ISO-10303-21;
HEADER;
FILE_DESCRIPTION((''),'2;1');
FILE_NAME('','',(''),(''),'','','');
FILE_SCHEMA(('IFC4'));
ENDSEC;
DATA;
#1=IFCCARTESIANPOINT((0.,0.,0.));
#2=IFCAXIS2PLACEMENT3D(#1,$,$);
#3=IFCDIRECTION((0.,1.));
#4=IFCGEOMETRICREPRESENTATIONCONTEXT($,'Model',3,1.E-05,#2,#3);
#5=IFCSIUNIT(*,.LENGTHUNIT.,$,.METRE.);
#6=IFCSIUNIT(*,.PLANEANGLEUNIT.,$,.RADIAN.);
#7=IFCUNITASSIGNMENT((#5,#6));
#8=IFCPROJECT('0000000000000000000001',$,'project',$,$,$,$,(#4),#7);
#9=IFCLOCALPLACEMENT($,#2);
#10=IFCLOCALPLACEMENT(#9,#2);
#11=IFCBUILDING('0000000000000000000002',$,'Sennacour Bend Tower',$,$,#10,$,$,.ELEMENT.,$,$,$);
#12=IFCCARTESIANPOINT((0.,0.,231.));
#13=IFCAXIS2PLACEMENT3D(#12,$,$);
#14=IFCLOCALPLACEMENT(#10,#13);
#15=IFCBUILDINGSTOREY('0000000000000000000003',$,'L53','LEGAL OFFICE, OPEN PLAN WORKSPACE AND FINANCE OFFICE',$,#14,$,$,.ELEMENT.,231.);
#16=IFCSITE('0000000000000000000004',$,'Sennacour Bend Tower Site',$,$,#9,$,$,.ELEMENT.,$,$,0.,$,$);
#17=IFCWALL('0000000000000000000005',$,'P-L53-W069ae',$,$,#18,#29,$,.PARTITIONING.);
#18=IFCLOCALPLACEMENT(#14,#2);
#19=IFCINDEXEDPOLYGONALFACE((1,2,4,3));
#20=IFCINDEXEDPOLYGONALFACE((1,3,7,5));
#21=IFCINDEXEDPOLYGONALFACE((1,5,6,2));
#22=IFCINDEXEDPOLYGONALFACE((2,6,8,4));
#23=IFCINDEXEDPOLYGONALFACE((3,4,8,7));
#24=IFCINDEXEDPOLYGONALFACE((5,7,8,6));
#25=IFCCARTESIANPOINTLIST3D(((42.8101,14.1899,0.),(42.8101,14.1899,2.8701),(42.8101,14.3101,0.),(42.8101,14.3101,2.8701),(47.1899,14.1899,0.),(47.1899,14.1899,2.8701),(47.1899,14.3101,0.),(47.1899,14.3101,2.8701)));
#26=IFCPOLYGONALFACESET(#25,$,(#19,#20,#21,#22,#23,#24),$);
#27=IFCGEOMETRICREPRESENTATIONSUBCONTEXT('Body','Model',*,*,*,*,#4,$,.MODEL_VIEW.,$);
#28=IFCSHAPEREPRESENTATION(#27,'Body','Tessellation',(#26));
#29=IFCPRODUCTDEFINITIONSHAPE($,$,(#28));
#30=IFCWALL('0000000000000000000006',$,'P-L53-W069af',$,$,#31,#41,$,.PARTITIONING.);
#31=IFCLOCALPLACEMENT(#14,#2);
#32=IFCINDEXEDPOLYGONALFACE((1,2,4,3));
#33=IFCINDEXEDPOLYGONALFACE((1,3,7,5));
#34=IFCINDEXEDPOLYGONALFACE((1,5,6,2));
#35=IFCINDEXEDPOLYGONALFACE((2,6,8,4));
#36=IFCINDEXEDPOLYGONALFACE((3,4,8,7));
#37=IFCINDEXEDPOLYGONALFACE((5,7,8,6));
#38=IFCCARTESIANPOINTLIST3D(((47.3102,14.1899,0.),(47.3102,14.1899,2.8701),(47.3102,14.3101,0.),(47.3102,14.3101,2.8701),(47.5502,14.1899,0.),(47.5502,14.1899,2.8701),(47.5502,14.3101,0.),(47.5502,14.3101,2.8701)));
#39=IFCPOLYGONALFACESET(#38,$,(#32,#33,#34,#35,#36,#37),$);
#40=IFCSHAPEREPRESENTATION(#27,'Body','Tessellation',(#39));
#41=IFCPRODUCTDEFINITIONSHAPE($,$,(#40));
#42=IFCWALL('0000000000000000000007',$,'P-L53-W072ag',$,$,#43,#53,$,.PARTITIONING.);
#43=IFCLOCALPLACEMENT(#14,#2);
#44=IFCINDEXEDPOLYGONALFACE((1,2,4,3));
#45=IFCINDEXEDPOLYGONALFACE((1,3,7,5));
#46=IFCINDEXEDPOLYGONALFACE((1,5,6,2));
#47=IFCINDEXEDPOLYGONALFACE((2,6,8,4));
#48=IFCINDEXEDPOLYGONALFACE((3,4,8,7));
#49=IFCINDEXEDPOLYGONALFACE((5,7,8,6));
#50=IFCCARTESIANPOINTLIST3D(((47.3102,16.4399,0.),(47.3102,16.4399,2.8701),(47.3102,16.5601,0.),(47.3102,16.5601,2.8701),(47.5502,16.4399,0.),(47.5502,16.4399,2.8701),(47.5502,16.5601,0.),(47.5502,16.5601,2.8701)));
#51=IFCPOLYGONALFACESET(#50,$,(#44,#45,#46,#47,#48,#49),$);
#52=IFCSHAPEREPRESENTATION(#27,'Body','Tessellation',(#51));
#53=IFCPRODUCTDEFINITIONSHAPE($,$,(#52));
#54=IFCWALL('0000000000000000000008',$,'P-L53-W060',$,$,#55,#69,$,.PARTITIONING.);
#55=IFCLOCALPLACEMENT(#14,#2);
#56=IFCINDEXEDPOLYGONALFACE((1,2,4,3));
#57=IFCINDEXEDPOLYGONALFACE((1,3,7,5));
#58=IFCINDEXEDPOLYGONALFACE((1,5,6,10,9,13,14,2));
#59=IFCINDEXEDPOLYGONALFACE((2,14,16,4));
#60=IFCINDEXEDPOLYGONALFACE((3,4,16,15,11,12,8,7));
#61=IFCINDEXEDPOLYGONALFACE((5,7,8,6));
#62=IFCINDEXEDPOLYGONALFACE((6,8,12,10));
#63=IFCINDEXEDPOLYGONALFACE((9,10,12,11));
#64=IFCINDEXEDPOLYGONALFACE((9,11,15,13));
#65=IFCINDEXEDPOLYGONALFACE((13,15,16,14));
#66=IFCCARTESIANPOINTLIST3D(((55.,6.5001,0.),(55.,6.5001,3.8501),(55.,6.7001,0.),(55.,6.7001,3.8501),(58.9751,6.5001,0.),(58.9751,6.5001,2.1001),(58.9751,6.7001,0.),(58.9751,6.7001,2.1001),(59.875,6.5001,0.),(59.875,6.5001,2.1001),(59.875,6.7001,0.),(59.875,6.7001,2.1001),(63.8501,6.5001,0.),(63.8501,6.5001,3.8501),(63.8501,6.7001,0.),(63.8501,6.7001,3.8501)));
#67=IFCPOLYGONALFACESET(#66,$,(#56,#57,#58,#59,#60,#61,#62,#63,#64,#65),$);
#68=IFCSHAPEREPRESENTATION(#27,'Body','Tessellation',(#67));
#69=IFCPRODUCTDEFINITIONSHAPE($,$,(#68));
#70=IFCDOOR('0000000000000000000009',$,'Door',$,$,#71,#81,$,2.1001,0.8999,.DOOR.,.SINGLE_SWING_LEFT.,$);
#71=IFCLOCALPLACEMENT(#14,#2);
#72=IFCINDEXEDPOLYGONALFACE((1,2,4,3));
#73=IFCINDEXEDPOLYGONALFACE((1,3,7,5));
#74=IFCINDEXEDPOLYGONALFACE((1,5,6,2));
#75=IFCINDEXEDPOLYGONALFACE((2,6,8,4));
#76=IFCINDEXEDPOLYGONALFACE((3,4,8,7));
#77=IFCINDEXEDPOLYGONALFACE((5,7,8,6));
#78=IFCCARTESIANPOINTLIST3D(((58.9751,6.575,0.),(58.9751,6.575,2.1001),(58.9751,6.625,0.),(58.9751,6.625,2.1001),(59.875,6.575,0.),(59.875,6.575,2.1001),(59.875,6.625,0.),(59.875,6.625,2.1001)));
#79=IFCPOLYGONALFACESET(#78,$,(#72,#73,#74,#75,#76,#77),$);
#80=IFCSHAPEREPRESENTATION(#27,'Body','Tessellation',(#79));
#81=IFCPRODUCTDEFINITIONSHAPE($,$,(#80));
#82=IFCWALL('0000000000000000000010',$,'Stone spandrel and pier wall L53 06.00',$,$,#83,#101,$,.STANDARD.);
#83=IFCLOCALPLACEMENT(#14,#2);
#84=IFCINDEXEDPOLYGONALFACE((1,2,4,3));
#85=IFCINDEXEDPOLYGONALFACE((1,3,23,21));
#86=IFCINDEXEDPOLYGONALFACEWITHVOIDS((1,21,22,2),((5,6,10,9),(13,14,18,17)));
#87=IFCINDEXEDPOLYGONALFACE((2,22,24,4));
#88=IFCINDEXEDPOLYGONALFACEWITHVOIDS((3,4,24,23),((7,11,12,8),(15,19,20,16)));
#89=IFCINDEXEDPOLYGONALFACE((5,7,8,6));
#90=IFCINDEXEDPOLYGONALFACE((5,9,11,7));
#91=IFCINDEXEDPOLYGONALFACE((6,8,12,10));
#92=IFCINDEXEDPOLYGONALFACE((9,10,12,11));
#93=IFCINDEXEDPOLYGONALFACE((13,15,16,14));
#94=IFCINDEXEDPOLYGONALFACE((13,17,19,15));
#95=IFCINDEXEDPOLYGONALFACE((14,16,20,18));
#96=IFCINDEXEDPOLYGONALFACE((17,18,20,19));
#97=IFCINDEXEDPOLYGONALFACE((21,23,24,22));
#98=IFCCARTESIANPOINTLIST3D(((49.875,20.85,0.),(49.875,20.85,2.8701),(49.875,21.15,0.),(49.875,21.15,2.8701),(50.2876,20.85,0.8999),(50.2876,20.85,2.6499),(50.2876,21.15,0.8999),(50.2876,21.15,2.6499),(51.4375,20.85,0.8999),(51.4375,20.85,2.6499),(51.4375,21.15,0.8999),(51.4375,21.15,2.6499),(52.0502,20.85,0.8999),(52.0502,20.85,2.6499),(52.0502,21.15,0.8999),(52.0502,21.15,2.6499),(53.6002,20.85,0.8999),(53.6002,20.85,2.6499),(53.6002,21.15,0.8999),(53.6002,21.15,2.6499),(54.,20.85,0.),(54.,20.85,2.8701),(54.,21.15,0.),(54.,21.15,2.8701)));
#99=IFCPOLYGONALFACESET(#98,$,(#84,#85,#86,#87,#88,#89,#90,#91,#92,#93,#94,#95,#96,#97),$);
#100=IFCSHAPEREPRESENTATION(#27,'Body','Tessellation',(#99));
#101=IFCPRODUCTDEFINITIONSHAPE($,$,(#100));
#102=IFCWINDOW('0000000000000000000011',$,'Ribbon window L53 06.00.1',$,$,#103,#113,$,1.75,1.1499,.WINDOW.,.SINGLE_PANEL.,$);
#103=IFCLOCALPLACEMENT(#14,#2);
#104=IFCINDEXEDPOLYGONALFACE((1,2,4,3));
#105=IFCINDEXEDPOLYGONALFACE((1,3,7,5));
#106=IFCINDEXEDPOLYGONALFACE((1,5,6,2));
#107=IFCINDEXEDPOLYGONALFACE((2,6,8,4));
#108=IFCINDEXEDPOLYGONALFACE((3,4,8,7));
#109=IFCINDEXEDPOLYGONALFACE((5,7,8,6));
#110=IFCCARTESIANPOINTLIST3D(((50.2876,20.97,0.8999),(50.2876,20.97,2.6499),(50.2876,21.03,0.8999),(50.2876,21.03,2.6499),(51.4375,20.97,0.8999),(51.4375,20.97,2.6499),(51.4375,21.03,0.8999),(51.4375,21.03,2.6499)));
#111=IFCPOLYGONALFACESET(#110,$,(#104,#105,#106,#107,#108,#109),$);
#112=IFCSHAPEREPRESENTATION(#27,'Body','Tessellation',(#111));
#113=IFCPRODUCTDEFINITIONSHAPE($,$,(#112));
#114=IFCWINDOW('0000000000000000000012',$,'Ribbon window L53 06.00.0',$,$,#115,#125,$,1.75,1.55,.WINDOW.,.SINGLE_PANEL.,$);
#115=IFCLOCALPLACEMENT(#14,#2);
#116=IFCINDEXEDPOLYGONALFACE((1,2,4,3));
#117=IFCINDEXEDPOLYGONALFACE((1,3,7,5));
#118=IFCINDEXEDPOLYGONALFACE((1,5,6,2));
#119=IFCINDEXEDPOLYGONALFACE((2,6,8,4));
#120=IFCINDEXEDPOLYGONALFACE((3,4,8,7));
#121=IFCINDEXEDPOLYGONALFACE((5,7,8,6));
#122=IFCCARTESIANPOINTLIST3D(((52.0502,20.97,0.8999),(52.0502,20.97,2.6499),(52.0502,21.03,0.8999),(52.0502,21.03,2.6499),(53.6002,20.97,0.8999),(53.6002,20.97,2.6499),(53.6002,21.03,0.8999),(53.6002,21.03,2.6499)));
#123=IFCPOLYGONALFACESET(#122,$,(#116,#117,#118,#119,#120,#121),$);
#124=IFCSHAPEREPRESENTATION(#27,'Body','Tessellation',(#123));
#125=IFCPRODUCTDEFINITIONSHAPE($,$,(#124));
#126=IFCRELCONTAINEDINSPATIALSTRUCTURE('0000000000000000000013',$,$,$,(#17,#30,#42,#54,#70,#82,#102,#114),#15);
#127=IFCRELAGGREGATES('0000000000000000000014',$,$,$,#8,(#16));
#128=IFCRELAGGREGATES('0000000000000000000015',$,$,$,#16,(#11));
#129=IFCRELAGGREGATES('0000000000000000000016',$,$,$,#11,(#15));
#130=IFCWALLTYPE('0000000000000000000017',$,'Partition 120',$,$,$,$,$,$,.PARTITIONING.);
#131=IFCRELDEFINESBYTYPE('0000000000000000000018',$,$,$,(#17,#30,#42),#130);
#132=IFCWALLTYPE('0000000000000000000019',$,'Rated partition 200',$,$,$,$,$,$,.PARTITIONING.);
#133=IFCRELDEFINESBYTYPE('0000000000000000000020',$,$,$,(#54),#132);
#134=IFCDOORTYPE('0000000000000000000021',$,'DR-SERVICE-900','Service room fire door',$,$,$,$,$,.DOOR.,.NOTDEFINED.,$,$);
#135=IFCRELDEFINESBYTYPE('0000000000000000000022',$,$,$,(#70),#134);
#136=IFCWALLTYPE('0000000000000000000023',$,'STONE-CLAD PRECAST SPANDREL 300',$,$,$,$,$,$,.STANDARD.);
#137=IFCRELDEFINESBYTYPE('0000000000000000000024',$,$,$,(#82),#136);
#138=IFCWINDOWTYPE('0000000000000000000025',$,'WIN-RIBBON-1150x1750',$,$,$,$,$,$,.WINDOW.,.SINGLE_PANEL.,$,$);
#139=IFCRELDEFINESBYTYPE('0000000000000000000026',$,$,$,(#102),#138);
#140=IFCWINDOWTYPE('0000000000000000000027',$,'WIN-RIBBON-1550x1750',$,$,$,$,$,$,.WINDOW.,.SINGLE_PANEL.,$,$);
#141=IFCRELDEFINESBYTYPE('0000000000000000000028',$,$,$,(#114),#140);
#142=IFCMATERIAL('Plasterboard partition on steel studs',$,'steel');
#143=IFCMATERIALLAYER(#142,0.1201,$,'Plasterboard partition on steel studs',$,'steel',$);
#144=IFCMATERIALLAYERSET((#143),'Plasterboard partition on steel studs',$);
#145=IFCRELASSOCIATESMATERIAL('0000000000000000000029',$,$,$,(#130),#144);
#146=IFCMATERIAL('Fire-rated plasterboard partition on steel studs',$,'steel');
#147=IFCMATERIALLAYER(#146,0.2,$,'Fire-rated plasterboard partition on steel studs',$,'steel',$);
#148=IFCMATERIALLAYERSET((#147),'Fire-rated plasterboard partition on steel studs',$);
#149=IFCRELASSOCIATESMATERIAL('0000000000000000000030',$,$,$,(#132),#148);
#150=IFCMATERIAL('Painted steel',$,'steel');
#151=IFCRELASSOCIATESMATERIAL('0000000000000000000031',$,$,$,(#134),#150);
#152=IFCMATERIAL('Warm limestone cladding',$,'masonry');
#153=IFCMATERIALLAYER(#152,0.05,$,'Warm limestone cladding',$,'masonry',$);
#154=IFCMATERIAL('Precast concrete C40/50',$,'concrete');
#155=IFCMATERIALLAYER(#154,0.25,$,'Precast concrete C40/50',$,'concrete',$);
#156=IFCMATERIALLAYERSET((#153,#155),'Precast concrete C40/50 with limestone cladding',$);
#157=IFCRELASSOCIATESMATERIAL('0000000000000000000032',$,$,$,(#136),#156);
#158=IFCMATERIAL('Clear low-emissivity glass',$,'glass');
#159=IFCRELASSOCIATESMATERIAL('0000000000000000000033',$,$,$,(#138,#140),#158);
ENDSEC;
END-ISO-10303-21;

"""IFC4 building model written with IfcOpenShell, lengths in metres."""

from ifc_helpers import new_model, si_unit, direction, frame, frame_2d, origin, place, context, subcontext, project, spatial, rectangle, extrude, material, layer, layer_set, type_object, element, fill, save


model = new_model("IFC4")

# Units and contexts
model_context = context("Model", 3, precision=1e-05, world=origin(), true_north=direction((0.0, 1.0)))
body_context = subcontext(model_context, "Body", "Model", "MODEL_VIEW")
ifc_project = project(units=[si_unit("LENGTHUNIT", "METRE"), si_unit("PLANEANGLEUNIT", "RADIAN")], contexts=[model_context])

# Site, building, storey
site_placement = place(None, origin())
site = spatial("IfcSite", under=ifc_project, at=site_placement, Name="Sennacour Bend Tower Site", CompositionType="ELEMENT", RefElevation=0.0)
building_placement = place(site_placement, origin())
building = spatial("IfcBuilding", under=site, at=building_placement, Name="Sennacour Bend Tower", CompositionType="ELEMENT")
storey_placement = place(building_placement, frame((0.0, 0.0, 231.0)))
storey = spatial("IfcBuildingStorey", under=building, at=storey_placement, Name="L53", Description="LEGAL OFFICE, OPEN PLAN WORKSPACE AND FINANCE OFFICE", CompositionType="ELEMENT", Elevation=231.0)

# Walls
ifc_material_1 = material(Name="Plasterboard partition on steel studs", Category="steel")
ifc_layer_1 = layer(ifc_material_1, 0.1201, Name="Plasterboard partition on steel studs", Category="steel")
ifc_layer_set_1 = layer_set([ifc_layer_1], Name="Plasterboard partition on steel studs")
wall_type_1 = type_object("IfcWallType", Name="Partition 120", PredefinedType="PARTITIONING", material=ifc_layer_set_1)
wall_1_placement = place(storey_placement, frame((42.8101, 14.25, 0.0), z_axis=(0.0, 0.0, 1.0), x_axis=(1.0, 0.0, 0.0)))
element("IfcWall", 1, at=wall_1_placement, inside=storey, type_object=wall_type_1, Name="P-L53-W069ae", PredefinedType="PARTITIONING", context=body_context, shape_type="SweptSolid", body=[
    extrude(rectangle(XDim=4.3799, YDim=0.1201, at=frame_2d((2.1899, 0.0))), origin(), (0.0, 0.0, 1.0), 2.8701),
])
for number, where, z_axis, x_axis, name in (
    (2, (47.3101, 14.25, 0.0), (0.0, 0.0, 1.0), (1.0, 0.0, 0.0), "P-L53-W069af"),
    (3, (47.3101, 16.5, 0.0), (0.0, 0.0, 1.0), (1.0, 0.0, 0.0), "P-L53-W072ag"),
):
    element("IfcWall", number, at=place(storey_placement, frame(where, z_axis=z_axis, x_axis=x_axis)), inside=storey, type_object=wall_type_1, Name=name, PredefinedType="PARTITIONING", context=body_context, shape_type="SweptSolid", body=[
        extrude(rectangle(XDim=0.24, YDim=0.1201, at=frame_2d((0.1201, 0.0))), origin(), (0.0, 0.0, 1.0), 2.8701),
    ])

# Wall, opening, door
ifc_material_2 = material(Name="Fire-rated plasterboard partition on steel studs", Category="steel")
ifc_layer_2 = layer(ifc_material_2, 0.2, Name="Fire-rated plasterboard partition on steel studs", Category="steel")
ifc_layer_set_2 = layer_set([ifc_layer_2], Name="Fire-rated plasterboard partition on steel studs")
wall_type_2 = type_object("IfcWallType", Name="Rated partition 200", PredefinedType="PARTITIONING", material=ifc_layer_set_2)
wall_2_placement = place(storey_placement, frame((55.0, 6.6001, 0.0), z_axis=(0.0, 0.0, 1.0), x_axis=(1.0, 0.0, 0.0)))
wall_2 = element("IfcWall", 4, at=wall_2_placement, inside=storey, type_object=wall_type_2, Name="P-L53-W060", PredefinedType="PARTITIONING", context=body_context, shape_type="SweptSolid", body=[
    extrude(rectangle(XDim=8.8501, YDim=0.2, at=frame_2d((4.425, 0.0))), origin(), (0.0, 0.0, 1.0), 3.8501),
])
opening_1_placement = place(wall_2_placement, frame((3.9751, 0.0, 0.0)))
opening_1 = element("IfcOpeningElement", 5, at=opening_1_placement, cuts=wall_2, PredefinedType="OPENING", context=body_context, shape_type="SweptSolid", body=[
    extrude(rectangle(XDim=0.8999, YDim=2.1001, at=frame_2d((0.45, 1.05))), frame((0.0, 0.1099, 0.0), z_axis=(0.0, -1.0, 0.0), x_axis=(1.0, 0.0, 0.0)), (0.0, 0.0, 1.0), 0.22),
])
ifc_material_3 = material(Name="Painted steel", Category="steel")
door_type_1 = type_object("IfcDoorType", Name="DR-SERVICE-900", Description="Service room fire door", OperationType="NOTDEFINED", PredefinedType="DOOR", material=ifc_material_3)
door_1_placement = place(opening_1_placement, origin())
door_1 = element("IfcDoor", 6, at=door_1_placement, inside=storey, type_object=door_type_1, Name="Door", OperationType="SINGLE_SWING_LEFT", OverallHeight=2.1001, OverallWidth=0.8999, PredefinedType="DOOR", context=body_context, shape_type="SweptSolid", body=[
    extrude(rectangle(XDim=0.8999, YDim=2.1001, at=frame_2d((0.45, 1.05))), frame((0.0, 0.0249, 0.0), z_axis=(0.0, -1.0, 0.0), x_axis=(1.0, 0.0, 0.0)), (0.0, 0.0, 1.0), 0.05),
])
fill(opening_1, door_1)

# Wall, openings, windows
ifc_material_4 = material(Name="Warm limestone cladding", Category="masonry")
ifc_layer_3 = layer(ifc_material_4, 0.05, Name="Warm limestone cladding", Category="masonry")
ifc_material_5 = material(Name="Precast concrete C40/50", Category="concrete")
ifc_layer_4 = layer(ifc_material_5, 0.25, Name="Precast concrete C40/50", Category="concrete")
ifc_layer_set_3 = layer_set([ifc_layer_3, ifc_layer_4], Name="Precast concrete C40/50 with limestone cladding")
wall_type_3 = type_object("IfcWallType", Name="STONE-CLAD PRECAST SPANDREL 300", PredefinedType="STANDARD", material=ifc_layer_set_3)
wall_3_placement = place(storey_placement, frame((54.0, 21.0, 0.0), z_axis=(0.0, 0.0, 1.0), x_axis=(-1.0, 0.0, 0.0)))
wall_3 = element("IfcWall", 7, at=wall_3_placement, inside=storey, type_object=wall_type_3, Name="Stone spandrel and pier wall L53 06.00", PredefinedType="STANDARD", context=body_context, shape_type="SweptSolid", body=[
    extrude(rectangle(XDim=4.125, YDim=0.3, at=frame_2d((2.0625, 0.0))), origin(), (0.0, 0.0, 1.0), 2.8701),
])
opening_2_placement = place(wall_3_placement, frame((0.3999, 0.0, 0.8999)))
opening_2 = element("IfcOpeningElement", 8, at=opening_2_placement, cuts=wall_3, PredefinedType="OPENING", context=body_context, shape_type="SweptSolid", body=[
    extrude(rectangle(XDim=1.55, YDim=1.75, at=frame_2d((0.7749, 0.875))), frame((0.0, 0.1602, 0.0), z_axis=(0.0, -1.0, 0.0), x_axis=(1.0, 0.0, 0.0)), (0.0, 0.0, 1.0), 0.3201),
])
opening_3_placement = place(wall_3_placement, frame((2.5625, 0.0, 0.8999)))
opening_3 = element("IfcOpeningElement", 9, at=opening_3_placement, cuts=wall_3, PredefinedType="OPENING", context=body_context, shape_type="SweptSolid", body=[
    extrude(rectangle(XDim=1.1499, YDim=1.75, at=frame_2d((0.575, 0.875))), frame((0.0, 0.1602, 0.0), z_axis=(0.0, -1.0, 0.0), x_axis=(1.0, 0.0, 0.0)), (0.0, 0.0, 1.0), 0.3201),
])
ifc_material_6 = material(Name="Clear low-emissivity glass", Category="glass")
window_type_1 = type_object("IfcWindowType", Name="WIN-RIBBON-1150x1750", PartitioningType="SINGLE_PANEL", PredefinedType="WINDOW", material=ifc_material_6)
window_1_placement = place(opening_3_placement, origin())
window_1 = element("IfcWindow", 10, at=window_1_placement, inside=storey, type_object=window_type_1, Name="Ribbon window L53 06.00.1", OverallHeight=1.75, OverallWidth=1.1499, PartitioningType="SINGLE_PANEL", PredefinedType="WINDOW", context=body_context, shape_type="SweptSolid", body=[
    extrude(rectangle(XDim=1.1499, YDim=1.75, at=frame_2d((0.575, 0.875))), frame((0.0, 0.03, 0.0), z_axis=(0.0, -1.0, 0.0), x_axis=(1.0, 0.0, 0.0)), (0.0, 0.0, 1.0), 0.0601),
])
fill(opening_3, window_1)
window_type_2 = type_object("IfcWindowType", Name="WIN-RIBBON-1550x1750", PartitioningType="SINGLE_PANEL", PredefinedType="WINDOW", material=ifc_material_6)
window_2_placement = place(opening_2_placement, origin())
window_2 = element("IfcWindow", 11, at=window_2_placement, inside=storey, type_object=window_type_2, Name="Ribbon window L53 06.00.0", OverallHeight=1.75, OverallWidth=1.55, PartitioningType="SINGLE_PANEL", PredefinedType="WINDOW", context=body_context, shape_type="SweptSolid", body=[
    extrude(rectangle(XDim=1.55, YDim=1.75, at=frame_2d((0.7749, 0.875))), frame((0.0, 0.03, 0.0), z_axis=(0.0, -1.0, 0.0), x_axis=(1.0, 0.0, 0.0)), (0.0, 0.0, 1.0), 0.0601),
])
fill(opening_2, window_2)

save(model, "model.ifc")
